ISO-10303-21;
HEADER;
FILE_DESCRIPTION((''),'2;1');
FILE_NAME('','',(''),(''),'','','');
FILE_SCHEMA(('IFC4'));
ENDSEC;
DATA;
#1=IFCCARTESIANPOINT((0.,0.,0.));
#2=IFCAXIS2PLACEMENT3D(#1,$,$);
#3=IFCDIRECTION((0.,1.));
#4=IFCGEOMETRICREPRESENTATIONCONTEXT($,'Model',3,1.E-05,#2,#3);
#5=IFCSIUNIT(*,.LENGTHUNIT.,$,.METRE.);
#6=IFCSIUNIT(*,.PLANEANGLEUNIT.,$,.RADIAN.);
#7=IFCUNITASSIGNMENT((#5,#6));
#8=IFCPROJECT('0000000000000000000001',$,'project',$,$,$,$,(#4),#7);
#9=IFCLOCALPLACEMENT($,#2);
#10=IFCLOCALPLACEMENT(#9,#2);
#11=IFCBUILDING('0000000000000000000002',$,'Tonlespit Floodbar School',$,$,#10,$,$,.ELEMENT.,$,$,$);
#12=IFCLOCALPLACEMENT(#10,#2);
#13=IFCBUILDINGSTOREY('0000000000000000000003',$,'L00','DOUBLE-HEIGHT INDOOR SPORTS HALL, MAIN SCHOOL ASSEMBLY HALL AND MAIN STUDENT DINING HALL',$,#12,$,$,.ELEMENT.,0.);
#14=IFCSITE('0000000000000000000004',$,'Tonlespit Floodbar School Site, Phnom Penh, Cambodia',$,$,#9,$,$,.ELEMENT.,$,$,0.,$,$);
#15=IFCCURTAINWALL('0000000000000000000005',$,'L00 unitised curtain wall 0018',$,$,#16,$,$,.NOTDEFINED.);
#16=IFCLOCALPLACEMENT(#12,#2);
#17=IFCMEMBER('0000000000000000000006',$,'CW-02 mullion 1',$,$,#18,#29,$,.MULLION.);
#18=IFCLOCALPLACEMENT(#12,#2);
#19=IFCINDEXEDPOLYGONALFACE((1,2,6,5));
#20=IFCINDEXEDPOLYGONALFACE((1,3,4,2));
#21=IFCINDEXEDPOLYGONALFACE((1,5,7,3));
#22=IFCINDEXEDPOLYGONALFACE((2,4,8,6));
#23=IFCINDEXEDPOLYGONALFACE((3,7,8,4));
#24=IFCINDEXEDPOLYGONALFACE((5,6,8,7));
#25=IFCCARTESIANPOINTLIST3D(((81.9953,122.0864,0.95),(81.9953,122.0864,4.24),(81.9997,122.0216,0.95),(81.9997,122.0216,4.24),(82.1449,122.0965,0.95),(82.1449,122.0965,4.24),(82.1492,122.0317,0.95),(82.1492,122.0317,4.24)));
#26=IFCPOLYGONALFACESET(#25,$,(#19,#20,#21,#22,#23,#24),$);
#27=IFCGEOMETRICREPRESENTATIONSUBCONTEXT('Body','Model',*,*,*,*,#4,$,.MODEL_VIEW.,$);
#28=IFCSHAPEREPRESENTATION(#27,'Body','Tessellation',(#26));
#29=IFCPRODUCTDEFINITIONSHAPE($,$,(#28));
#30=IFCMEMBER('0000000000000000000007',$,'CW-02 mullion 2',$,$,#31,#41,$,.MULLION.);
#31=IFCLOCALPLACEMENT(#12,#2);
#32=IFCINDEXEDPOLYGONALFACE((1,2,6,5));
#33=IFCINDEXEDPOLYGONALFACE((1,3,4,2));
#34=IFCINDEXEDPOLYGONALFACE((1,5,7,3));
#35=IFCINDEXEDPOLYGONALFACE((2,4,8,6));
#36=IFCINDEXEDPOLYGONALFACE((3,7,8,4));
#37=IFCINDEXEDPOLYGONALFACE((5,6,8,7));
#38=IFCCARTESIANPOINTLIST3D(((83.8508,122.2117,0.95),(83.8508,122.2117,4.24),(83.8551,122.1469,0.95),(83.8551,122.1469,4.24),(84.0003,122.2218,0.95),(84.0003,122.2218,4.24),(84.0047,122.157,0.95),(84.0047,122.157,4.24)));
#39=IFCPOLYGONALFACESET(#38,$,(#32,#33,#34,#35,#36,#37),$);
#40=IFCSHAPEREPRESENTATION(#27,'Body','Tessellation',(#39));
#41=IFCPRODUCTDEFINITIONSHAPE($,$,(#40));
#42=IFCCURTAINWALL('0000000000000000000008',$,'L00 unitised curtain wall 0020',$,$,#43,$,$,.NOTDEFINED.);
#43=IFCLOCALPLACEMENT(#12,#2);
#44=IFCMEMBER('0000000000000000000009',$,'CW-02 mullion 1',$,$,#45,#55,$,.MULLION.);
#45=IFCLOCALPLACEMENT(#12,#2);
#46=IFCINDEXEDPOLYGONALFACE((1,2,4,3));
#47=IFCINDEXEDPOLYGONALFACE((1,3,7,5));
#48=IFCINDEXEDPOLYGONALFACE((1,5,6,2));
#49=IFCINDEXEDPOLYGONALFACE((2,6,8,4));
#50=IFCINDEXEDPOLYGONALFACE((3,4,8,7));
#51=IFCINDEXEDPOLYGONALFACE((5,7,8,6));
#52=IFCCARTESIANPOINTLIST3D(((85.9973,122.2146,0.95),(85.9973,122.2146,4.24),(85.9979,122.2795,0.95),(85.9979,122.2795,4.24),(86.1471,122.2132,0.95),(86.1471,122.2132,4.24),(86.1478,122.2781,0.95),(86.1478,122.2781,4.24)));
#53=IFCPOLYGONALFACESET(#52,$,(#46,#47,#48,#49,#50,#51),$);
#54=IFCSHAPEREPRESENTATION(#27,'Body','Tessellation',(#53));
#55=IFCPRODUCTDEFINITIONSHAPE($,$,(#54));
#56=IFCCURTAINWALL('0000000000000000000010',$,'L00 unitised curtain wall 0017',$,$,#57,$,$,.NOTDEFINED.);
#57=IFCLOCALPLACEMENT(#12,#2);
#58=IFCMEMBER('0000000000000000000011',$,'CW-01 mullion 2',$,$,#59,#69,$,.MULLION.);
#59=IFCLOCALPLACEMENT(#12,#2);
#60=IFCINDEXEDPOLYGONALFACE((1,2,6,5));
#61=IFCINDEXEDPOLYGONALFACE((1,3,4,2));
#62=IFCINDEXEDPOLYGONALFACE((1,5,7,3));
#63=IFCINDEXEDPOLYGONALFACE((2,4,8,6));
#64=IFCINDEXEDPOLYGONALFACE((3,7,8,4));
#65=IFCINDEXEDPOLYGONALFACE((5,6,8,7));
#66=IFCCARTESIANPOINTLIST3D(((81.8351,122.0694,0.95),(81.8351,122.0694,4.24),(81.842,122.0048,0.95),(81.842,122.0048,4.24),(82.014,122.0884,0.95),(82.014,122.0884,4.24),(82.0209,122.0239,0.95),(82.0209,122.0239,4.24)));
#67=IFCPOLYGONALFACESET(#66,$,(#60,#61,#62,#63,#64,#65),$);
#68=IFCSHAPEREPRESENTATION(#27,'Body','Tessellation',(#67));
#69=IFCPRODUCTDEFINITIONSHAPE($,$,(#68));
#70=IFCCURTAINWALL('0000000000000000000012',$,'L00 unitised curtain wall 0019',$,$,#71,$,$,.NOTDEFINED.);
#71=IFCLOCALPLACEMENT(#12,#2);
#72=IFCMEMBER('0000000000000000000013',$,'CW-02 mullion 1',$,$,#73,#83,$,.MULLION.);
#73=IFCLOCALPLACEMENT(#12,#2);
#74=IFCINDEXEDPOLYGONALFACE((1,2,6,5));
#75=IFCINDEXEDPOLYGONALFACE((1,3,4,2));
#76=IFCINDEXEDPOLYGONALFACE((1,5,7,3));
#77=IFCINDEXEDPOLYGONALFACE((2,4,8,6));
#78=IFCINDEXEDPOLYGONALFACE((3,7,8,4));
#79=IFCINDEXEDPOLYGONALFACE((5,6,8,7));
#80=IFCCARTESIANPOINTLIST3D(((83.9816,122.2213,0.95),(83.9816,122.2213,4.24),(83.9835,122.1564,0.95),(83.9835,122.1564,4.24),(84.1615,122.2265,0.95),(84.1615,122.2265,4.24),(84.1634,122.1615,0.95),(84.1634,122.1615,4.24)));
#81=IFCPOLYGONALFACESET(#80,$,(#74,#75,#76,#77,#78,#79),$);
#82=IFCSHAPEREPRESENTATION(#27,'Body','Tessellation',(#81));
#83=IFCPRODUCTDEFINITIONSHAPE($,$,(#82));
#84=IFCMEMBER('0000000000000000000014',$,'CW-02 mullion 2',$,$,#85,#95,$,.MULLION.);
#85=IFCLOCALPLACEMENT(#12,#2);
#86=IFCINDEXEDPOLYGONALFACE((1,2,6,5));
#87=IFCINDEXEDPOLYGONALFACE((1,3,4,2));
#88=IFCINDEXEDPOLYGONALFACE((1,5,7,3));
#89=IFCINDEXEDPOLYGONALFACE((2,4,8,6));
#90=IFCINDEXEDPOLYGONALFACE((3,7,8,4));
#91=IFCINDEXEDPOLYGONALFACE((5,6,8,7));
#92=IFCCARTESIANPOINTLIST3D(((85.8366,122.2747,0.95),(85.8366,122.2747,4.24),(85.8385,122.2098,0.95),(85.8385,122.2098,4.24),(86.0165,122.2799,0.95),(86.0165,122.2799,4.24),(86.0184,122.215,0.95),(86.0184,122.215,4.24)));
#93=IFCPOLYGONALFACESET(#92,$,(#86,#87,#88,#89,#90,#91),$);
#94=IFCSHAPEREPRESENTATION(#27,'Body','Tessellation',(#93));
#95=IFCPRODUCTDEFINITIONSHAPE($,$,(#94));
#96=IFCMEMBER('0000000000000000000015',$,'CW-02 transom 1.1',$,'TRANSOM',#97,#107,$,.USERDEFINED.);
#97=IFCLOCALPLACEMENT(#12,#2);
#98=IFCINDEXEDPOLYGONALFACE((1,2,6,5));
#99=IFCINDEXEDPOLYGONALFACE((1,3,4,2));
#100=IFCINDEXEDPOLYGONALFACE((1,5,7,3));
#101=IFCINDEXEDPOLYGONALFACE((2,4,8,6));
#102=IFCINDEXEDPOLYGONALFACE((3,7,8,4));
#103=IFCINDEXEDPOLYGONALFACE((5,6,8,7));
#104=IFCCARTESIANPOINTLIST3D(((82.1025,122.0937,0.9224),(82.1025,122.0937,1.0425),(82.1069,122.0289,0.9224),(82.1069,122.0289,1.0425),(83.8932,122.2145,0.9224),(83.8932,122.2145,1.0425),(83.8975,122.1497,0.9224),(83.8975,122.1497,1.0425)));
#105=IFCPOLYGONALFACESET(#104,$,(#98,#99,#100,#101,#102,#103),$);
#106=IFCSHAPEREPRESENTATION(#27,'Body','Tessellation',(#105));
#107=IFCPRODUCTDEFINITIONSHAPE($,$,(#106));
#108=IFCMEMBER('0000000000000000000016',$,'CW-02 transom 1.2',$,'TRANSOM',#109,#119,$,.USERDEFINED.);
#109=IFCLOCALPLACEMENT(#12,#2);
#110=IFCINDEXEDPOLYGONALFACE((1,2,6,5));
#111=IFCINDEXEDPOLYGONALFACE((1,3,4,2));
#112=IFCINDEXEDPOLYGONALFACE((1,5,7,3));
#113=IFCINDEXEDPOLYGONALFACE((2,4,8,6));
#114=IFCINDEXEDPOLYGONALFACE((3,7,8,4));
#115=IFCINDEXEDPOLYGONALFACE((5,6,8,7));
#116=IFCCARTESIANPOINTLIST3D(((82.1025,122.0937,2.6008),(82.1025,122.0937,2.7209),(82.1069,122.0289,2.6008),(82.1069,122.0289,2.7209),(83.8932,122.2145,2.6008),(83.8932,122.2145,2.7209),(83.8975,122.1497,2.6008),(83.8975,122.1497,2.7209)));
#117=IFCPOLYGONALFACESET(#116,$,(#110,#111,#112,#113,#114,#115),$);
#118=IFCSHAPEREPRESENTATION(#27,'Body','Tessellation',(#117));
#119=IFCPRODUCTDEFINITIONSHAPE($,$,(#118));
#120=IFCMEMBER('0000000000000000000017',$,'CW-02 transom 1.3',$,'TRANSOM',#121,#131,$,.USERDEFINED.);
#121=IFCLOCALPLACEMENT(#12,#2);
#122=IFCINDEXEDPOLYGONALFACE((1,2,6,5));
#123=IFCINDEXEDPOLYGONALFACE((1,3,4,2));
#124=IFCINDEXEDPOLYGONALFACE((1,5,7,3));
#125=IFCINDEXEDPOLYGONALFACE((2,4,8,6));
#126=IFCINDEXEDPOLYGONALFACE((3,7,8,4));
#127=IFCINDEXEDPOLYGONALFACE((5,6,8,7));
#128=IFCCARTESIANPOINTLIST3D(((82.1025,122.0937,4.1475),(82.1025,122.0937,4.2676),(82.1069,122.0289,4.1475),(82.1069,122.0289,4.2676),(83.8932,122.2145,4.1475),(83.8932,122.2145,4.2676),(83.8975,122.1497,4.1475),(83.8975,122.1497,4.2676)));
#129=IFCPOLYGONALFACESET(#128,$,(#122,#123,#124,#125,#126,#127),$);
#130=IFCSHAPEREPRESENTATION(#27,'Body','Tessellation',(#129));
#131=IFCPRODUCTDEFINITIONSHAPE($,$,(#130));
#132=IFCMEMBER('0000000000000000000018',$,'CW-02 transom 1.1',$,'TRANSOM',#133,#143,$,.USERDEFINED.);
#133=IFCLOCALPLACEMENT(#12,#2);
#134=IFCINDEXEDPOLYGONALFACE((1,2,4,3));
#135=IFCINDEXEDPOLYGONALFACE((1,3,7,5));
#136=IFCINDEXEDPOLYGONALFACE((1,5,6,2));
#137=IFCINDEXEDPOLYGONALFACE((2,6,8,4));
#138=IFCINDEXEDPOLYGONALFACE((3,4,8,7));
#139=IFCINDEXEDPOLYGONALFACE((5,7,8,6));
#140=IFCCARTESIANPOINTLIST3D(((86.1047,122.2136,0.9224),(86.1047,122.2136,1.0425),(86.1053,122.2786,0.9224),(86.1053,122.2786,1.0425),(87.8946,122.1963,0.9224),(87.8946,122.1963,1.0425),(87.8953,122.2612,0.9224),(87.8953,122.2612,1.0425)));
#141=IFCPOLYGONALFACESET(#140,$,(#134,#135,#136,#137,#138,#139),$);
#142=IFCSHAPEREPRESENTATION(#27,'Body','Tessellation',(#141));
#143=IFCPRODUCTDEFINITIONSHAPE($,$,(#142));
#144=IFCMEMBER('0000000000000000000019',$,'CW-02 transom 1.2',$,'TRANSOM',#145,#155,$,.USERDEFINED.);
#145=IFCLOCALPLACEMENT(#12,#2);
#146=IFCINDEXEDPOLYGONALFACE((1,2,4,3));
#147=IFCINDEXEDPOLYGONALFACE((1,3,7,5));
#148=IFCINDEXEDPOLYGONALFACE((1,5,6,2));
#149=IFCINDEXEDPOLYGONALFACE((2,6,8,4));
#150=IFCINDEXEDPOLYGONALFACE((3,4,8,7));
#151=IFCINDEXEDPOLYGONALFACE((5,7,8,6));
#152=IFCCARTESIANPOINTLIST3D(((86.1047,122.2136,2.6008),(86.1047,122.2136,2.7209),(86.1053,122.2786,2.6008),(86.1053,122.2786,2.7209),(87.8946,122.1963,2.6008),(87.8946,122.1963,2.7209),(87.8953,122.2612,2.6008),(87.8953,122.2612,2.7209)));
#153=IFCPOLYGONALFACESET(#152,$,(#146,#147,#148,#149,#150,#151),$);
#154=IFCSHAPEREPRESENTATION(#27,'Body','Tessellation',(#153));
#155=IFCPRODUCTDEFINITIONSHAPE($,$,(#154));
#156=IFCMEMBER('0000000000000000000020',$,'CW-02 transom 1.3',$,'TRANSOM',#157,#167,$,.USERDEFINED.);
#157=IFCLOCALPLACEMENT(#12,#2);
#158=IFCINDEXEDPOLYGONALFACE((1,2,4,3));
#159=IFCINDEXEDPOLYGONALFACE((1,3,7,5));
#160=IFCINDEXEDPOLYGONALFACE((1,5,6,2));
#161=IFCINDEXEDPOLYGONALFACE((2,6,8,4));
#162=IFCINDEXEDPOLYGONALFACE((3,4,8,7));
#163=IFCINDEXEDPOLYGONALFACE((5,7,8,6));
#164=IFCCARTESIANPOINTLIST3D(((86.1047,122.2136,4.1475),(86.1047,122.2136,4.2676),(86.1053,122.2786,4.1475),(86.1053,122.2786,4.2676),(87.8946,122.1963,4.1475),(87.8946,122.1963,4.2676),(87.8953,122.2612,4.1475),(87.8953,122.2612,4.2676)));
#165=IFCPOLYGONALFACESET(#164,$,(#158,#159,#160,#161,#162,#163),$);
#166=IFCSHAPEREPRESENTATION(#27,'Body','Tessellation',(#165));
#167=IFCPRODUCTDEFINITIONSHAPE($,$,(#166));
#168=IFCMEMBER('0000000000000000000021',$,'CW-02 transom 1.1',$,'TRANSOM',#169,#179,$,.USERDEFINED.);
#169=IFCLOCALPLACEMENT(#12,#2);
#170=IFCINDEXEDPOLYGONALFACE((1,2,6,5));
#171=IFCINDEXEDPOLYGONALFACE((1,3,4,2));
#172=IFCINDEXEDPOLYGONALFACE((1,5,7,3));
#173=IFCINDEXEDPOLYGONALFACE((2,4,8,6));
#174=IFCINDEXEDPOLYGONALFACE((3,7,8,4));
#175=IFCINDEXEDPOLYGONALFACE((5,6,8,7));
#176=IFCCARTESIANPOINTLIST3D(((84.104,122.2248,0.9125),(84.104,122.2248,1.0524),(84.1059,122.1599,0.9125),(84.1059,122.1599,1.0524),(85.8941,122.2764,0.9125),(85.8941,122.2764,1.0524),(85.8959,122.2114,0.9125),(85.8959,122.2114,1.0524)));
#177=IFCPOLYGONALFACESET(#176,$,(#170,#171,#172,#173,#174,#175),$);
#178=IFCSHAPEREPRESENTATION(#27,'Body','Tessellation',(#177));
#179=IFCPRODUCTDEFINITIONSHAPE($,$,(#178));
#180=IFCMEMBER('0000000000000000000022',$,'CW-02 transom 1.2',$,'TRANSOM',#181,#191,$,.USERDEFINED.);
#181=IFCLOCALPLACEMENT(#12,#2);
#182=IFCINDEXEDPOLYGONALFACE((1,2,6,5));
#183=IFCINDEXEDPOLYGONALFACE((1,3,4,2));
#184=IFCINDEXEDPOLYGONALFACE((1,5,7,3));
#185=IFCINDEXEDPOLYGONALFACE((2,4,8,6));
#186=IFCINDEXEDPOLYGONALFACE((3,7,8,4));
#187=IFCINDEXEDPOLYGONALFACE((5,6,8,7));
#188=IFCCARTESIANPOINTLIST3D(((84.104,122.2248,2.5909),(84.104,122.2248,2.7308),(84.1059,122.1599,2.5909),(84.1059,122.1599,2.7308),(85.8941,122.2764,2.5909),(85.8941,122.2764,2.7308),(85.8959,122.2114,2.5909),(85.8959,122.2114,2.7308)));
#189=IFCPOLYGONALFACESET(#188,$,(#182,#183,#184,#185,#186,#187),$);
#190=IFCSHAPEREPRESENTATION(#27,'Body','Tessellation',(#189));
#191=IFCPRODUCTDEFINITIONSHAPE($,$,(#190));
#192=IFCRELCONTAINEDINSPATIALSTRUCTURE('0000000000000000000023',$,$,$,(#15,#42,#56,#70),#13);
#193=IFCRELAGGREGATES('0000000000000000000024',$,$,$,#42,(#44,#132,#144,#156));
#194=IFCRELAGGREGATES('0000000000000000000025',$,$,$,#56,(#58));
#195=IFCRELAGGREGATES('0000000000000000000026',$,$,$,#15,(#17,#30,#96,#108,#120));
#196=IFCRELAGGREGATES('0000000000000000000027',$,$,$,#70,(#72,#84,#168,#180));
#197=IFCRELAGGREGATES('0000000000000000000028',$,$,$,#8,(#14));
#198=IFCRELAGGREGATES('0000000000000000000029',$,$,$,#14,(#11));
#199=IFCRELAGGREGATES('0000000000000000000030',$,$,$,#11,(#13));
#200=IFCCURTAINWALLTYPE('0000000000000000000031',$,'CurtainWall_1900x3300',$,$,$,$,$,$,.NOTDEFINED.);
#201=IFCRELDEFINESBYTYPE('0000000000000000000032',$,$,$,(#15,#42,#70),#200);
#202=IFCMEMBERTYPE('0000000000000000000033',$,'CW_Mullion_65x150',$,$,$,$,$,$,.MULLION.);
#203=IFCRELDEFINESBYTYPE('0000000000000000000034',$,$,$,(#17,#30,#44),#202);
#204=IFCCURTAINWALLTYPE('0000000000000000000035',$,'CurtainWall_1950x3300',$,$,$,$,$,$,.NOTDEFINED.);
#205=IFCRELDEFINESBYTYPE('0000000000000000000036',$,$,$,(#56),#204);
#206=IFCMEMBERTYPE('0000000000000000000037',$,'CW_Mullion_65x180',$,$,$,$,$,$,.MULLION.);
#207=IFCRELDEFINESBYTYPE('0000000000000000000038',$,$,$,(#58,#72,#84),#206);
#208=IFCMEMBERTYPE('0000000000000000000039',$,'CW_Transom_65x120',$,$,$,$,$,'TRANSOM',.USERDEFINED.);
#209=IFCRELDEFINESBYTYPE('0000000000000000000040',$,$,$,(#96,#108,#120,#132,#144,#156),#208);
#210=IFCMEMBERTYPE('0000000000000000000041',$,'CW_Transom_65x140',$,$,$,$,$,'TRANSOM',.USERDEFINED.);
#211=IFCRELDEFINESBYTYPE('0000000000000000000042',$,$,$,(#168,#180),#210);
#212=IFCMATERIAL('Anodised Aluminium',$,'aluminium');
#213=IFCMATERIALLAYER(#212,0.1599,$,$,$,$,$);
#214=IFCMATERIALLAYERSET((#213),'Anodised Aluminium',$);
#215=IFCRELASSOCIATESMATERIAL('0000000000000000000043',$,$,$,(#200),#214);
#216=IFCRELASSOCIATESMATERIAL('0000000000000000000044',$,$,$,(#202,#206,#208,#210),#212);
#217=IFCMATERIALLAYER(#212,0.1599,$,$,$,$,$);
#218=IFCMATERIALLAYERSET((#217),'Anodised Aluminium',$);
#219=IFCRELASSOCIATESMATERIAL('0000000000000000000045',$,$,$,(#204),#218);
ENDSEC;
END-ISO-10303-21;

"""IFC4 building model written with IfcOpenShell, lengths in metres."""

from ifc_helpers import new_model, si_unit, direction, frame, origin, origin_2d, place, context, subcontext, project, spatial, rectangle, extrude, material, layer, layer_set, material_profile, profile_set, type_object, element, aggregate, save


model = new_model("IFC4")

# Units and contexts
model_context = context("Model", 3, precision=1e-05, world=origin(), true_north=direction((0.0, 1.0)))
body_context = subcontext(model_context, "Body", "Model", "MODEL_VIEW")
ifc_project = project(units=[si_unit("LENGTHUNIT", "METRE"), si_unit("PLANEANGLEUNIT", "RADIAN")], contexts=[model_context])

# Site, building, storey
site_placement = place(None, origin())
site = spatial("IfcSite", under=ifc_project, at=site_placement, Name="Tonlespit Floodbar School Site, Phnom Penh, Cambodia", CompositionType="ELEMENT", RefElevation=0.0)
building_placement = place(site_placement, origin())
building = spatial("IfcBuilding", under=site, at=building_placement, Name="Tonlespit Floodbar School", CompositionType="ELEMENT")
storey_placement = place(building_placement, origin())
storey = spatial("IfcBuildingStorey", under=building, at=storey_placement, Name="L00", Description="DOUBLE-HEIGHT INDOOR SPORTS HALL, MAIN SCHOOL ASSEMBLY HALL AND MAIN STUDENT DINING HALL", CompositionType="ELEMENT", Elevation=0.0)

# Curtain wall, members
ifc_material_1 = material(Name="Anodised Aluminium", Category="aluminium")
ifc_layer_1 = layer(ifc_material_1, 0.1599)
ifc_layer_set_1 = layer_set([ifc_layer_1], Name="Anodised Aluminium")
curtain_wall_type_1 = type_object("IfcCurtainWallType", Name="CurtainWall_1900x3300", PredefinedType="NOTDEFINED", material=ifc_layer_set_1)
curtain_wall_1_placement = place(storey_placement, origin())
curtain_wall_1 = element("IfcCurtainWall", 1, at=curtain_wall_1_placement, inside=storey, type_object=curtain_wall_type_1, Name="L00 unitised curtain wall 0018", PredefinedType="NOTDEFINED")
ifc_material_profile_1 = material_profile(ifc_material_1, rectangle(XDim=0.0649, YDim=0.1499, at=origin_2d()), Name="ALU M65x150")
ifc_profile_set_1 = profile_set([ifc_material_profile_1], Name="Anodised Aluminium")
member_type_1 = type_object("IfcMemberType", Name="CW_Mullion_65x150", PredefinedType="MULLION", material=ifc_profile_set_1)
member_1_placement = place(storey_placement, frame((82.0723, 122.0591, 0.95), z_axis=(0.0, 0.0, 1.0), x_axis=(-0.06734, 0.99773, 0.0)))
member_1 = element("IfcMember", 2, at=member_1_placement, type_object=member_type_1, Name="CW-02 mullion 1", PredefinedType="MULLION", context=body_context, shape_type="SweptSolid", body=[
    extrude(rectangle(XDim=0.0649, YDim=0.1499, at=origin_2d()), origin(), (0.0, 0.0, 1.0), 3.29),
])
member_2_placement = place(storey_placement, frame((83.9277, 122.1843, 0.95), z_axis=(0.0, 0.0, 1.0), x_axis=(-0.06734, 0.99773, 0.0)))
member_2 = element("IfcMember", 3, at=member_2_placement, type_object=member_type_1, Name="CW-02 mullion 2", PredefinedType="MULLION", context=body_context, shape_type="SweptSolid", body=[
    extrude(rectangle(XDim=0.0649, YDim=0.1499, at=origin_2d()), origin(), (0.0, 0.0, 1.0), 3.29),
])

# Curtain walls, members
curtain_wall_2_placement = place(storey_placement, origin())
curtain_wall_2 = element("IfcCurtainWall", 4, at=curtain_wall_2_placement, inside=storey, type_object=curtain_wall_type_1, Name="L00 unitised curtain wall 0020", PredefinedType="NOTDEFINED")
member_3_placement = place(storey_placement, frame((86.0725, 122.2463, 0.95), z_axis=(0.0, 0.0, 1.0), x_axis=(0.009583, 0.999954, 0.0)))
member_3 = element("IfcMember", 5, at=member_3_placement, type_object=member_type_1, Name="CW-02 mullion 1", PredefinedType="MULLION", context=body_context, shape_type="SweptSolid", body=[
    extrude(rectangle(XDim=0.0649, YDim=0.1499, at=origin_2d()), origin(), (0.0, 0.0, 1.0), 3.29),
])
ifc_layer_2 = layer(ifc_material_1, 0.1599)
ifc_layer_set_2 = layer_set([ifc_layer_2], Name="Anodised Aluminium")
curtain_wall_type_2 = type_object("IfcCurtainWallType", Name="CurtainWall_1950x3300", PredefinedType="NOTDEFINED", material=ifc_layer_set_2)
curtain_wall_3_placement = place(storey_placement, origin())
curtain_wall_3 = element("IfcCurtainWall", 6, at=curtain_wall_3_placement, inside=storey, type_object=curtain_wall_type_2, Name="L00 unitised curtain wall 0017", PredefinedType="NOTDEFINED")
ifc_material_profile_2 = material_profile(ifc_material_1, rectangle(XDim=0.0649, YDim=0.1799, at=origin_2d()), Name="ALU M65x180")
ifc_profile_set_2 = profile_set([ifc_material_profile_2], Name="Anodised Aluminium")
member_type_2 = type_object("IfcMemberType", Name="CW_Mullion_65x180", PredefinedType="MULLION", material=ifc_profile_set_2)
member_4_placement = place(storey_placement, frame((81.928, 122.0466, 0.95), z_axis=(0.0, 0.0, 1.0), x_axis=(-0.105787, 0.994389, 0.0)))
member_4 = element("IfcMember", 7, at=member_4_placement, type_object=member_type_2, Name="CW-01 mullion 2", PredefinedType="MULLION", context=body_context, shape_type="SweptSolid", body=[
    extrude(rectangle(XDim=0.0649, YDim=0.1799, at=origin_2d()), origin(), (0.0, 0.0, 1.0), 3.29),
])

# Curtain wall, members
curtain_wall_4_placement = place(storey_placement, origin())
curtain_wall_4 = element("IfcCurtainWall", 8, at=curtain_wall_4_placement, inside=storey, type_object=curtain_wall_type_1, Name="L00 unitised curtain wall 0019", PredefinedType="NOTDEFINED")
member_5_placement = place(storey_placement, frame((84.0725, 122.1914, 0.95), z_axis=(0.0, 0.0, 1.0), x_axis=(-0.02879, 0.999585, 0.0)))
member_5 = element("IfcMember", 9, at=member_5_placement, type_object=member_type_2, Name="CW-02 mullion 1", PredefinedType="MULLION", context=body_context, shape_type="SweptSolid", body=[
    extrude(rectangle(XDim=0.0649, YDim=0.1799, at=origin_2d()), origin(), (0.0, 0.0, 1.0), 3.29),
])
member_6_placement = place(storey_placement, frame((85.9275, 122.2449, 0.95), z_axis=(0.0, 0.0, 1.0), x_axis=(-0.02879, 0.999585, 0.0)))
member_6 = element("IfcMember", 10, at=member_6_placement, type_object=member_type_2, Name="CW-02 mullion 2", PredefinedType="MULLION", context=body_context, shape_type="SweptSolid", body=[
    extrude(rectangle(XDim=0.0649, YDim=0.1799, at=origin_2d()), origin(), (0.0, 0.0, 1.0), 3.29),
])

# Members
ifc_material_profile_3 = material_profile(ifc_material_1, rectangle(XDim=0.0649, YDim=0.1201, at=origin_2d()), Name="ALU T65x120")
ifc_profile_set_3 = profile_set([ifc_material_profile_3], Name="Anodised Aluminium")
member_type_3 = type_object("IfcMemberType", Name="CW_Transom_65x120", ElementType="TRANSOM", PredefinedType="USERDEFINED", material=ifc_profile_set_3)
member_7_placement = place(storey_placement, frame((82.1047, 122.0613, 0.9824), z_axis=(0.99773, 0.067341, 0.0), x_axis=(-0.067341, 0.99773, 0.0)))
member_7 = element("IfcMember", 11, at=member_7_placement, type_object=member_type_3, Name="CW-02 transom 1.1", ObjectType="TRANSOM", PredefinedType="USERDEFINED", context=body_context, shape_type="SweptSolid", body=[
    extrude(rectangle(XDim=0.0649, YDim=0.1201, at=origin_2d()), origin(), (0.0, 0.0, 1.0), 1.7947),
])
member_8_placement = place(storey_placement, frame((82.1047, 122.0613, 2.6609), z_axis=(0.99773, 0.067341, 0.0), x_axis=(-0.067341, 0.99773, 0.0)))
member_8 = element("IfcMember", 12, at=member_8_placement, type_object=member_type_3, Name="CW-02 transom 1.2", ObjectType="TRANSOM", PredefinedType="USERDEFINED", context=body_context, shape_type="SweptSolid", body=[
    extrude(rectangle(XDim=0.0649, YDim=0.1201, at=origin_2d()), origin(), (0.0, 0.0, 1.0), 1.7947),
])
member_9_placement = place(storey_placement, frame((82.1047, 122.0613, 4.2075), z_axis=(0.99773, 0.067341, 0.0), x_axis=(-0.067341, 0.99773, 0.0)))
member_9 = element("IfcMember", 13, at=member_9_placement, type_object=member_type_3, Name="CW-02 transom 1.3", ObjectType="TRANSOM", PredefinedType="USERDEFINED", context=body_context, shape_type="SweptSolid", body=[
    extrude(rectangle(XDim=0.0649, YDim=0.1201, at=origin_2d()), origin(), (0.0, 0.0, 1.0), 1.7947),
])
member_10_placement = place(storey_placement, frame((86.105, 122.2461, 0.9824), z_axis=(0.999953, -0.009683, 0.0), x_axis=(0.009683, 0.999953, 0.0)))
member_10 = element("IfcMember", 14, at=member_10_placement, type_object=member_type_3, Name="CW-02 transom 1.1", ObjectType="TRANSOM", PredefinedType="USERDEFINED", context=body_context, shape_type="SweptSolid", body=[
    extrude(rectangle(XDim=0.0649, YDim=0.1201, at=origin_2d()), origin(), (0.0, 0.0, 1.0), 1.79),
])
member_11_placement = place(storey_placement, frame((86.105, 122.2461, 2.6609), z_axis=(0.999953, -0.009683, 0.0), x_axis=(0.009683, 0.999953, 0.0)))
member_11 = element("IfcMember", 15, at=member_11_placement, type_object=member_type_3, Name="CW-02 transom 1.2", ObjectType="TRANSOM", PredefinedType="USERDEFINED", context=body_context, shape_type="SweptSolid", body=[
    extrude(rectangle(XDim=0.0649, YDim=0.1201, at=origin_2d()), origin(), (0.0, 0.0, 1.0), 1.79),
])
member_12_placement = place(storey_placement, frame((86.105, 122.2461, 4.2075), z_axis=(0.999953, -0.009683, 0.0), x_axis=(0.009683, 0.999953, 0.0)))
member_12 = element("IfcMember", 16, at=member_12_placement, type_object=member_type_3, Name="CW-02 transom 1.3", ObjectType="TRANSOM", PredefinedType="USERDEFINED", context=body_context, shape_type="SweptSolid", body=[
    extrude(rectangle(XDim=0.0649, YDim=0.1201, at=origin_2d()), origin(), (0.0, 0.0, 1.0), 1.79),
])
aggregate(curtain_wall_2, [member_3, member_10, member_11, member_12])
ifc_material_profile_4 = material_profile(ifc_material_1, rectangle(XDim=0.0649, YDim=0.1399, at=origin_2d()), Name="ALU T65x140")
ifc_profile_set_4 = profile_set([ifc_material_profile_4], Name="Anodised Aluminium")
member_type_4 = type_object("IfcMemberType", Name="CW_Transom_65x140", ElementType="TRANSOM", PredefinedType="USERDEFINED", material=ifc_profile_set_4)
member_13_placement = place(storey_placement, frame((84.105, 122.1924, 0.9824), z_axis=(0.999586, 0.028766, 0.0), x_axis=(-0.028766, 0.999586, 0.0)))
member_13 = element("IfcMember", 17, at=member_13_placement, type_object=member_type_4, Name="CW-02 transom 1.1", ObjectType="TRANSOM", PredefinedType="USERDEFINED", context=body_context, shape_type="SweptSolid", body=[
    extrude(rectangle(XDim=0.0649, YDim=0.1399, at=origin_2d()), origin(), (0.0, 0.0, 1.0), 1.7908),
])
member_14_placement = place(storey_placement, frame((84.105, 122.1924, 2.6609), z_axis=(0.999586, 0.028766, 0.0), x_axis=(-0.028766, 0.999586, 0.0)))
member_14 = element("IfcMember", 18, at=member_14_placement, type_object=member_type_4, Name="CW-02 transom 1.2", ObjectType="TRANSOM", PredefinedType="USERDEFINED", context=body_context, shape_type="SweptSolid", body=[
    extrude(rectangle(XDim=0.0649, YDim=0.1399, at=origin_2d()), origin(), (0.0, 0.0, 1.0), 1.7908),
])

aggregate(curtain_wall_3, [member_4])
aggregate(curtain_wall_1, [member_1, member_2, member_7, member_8, member_9])
aggregate(curtain_wall_4, [member_5, member_6, member_13, member_14])

save(model, "model.ifc")
